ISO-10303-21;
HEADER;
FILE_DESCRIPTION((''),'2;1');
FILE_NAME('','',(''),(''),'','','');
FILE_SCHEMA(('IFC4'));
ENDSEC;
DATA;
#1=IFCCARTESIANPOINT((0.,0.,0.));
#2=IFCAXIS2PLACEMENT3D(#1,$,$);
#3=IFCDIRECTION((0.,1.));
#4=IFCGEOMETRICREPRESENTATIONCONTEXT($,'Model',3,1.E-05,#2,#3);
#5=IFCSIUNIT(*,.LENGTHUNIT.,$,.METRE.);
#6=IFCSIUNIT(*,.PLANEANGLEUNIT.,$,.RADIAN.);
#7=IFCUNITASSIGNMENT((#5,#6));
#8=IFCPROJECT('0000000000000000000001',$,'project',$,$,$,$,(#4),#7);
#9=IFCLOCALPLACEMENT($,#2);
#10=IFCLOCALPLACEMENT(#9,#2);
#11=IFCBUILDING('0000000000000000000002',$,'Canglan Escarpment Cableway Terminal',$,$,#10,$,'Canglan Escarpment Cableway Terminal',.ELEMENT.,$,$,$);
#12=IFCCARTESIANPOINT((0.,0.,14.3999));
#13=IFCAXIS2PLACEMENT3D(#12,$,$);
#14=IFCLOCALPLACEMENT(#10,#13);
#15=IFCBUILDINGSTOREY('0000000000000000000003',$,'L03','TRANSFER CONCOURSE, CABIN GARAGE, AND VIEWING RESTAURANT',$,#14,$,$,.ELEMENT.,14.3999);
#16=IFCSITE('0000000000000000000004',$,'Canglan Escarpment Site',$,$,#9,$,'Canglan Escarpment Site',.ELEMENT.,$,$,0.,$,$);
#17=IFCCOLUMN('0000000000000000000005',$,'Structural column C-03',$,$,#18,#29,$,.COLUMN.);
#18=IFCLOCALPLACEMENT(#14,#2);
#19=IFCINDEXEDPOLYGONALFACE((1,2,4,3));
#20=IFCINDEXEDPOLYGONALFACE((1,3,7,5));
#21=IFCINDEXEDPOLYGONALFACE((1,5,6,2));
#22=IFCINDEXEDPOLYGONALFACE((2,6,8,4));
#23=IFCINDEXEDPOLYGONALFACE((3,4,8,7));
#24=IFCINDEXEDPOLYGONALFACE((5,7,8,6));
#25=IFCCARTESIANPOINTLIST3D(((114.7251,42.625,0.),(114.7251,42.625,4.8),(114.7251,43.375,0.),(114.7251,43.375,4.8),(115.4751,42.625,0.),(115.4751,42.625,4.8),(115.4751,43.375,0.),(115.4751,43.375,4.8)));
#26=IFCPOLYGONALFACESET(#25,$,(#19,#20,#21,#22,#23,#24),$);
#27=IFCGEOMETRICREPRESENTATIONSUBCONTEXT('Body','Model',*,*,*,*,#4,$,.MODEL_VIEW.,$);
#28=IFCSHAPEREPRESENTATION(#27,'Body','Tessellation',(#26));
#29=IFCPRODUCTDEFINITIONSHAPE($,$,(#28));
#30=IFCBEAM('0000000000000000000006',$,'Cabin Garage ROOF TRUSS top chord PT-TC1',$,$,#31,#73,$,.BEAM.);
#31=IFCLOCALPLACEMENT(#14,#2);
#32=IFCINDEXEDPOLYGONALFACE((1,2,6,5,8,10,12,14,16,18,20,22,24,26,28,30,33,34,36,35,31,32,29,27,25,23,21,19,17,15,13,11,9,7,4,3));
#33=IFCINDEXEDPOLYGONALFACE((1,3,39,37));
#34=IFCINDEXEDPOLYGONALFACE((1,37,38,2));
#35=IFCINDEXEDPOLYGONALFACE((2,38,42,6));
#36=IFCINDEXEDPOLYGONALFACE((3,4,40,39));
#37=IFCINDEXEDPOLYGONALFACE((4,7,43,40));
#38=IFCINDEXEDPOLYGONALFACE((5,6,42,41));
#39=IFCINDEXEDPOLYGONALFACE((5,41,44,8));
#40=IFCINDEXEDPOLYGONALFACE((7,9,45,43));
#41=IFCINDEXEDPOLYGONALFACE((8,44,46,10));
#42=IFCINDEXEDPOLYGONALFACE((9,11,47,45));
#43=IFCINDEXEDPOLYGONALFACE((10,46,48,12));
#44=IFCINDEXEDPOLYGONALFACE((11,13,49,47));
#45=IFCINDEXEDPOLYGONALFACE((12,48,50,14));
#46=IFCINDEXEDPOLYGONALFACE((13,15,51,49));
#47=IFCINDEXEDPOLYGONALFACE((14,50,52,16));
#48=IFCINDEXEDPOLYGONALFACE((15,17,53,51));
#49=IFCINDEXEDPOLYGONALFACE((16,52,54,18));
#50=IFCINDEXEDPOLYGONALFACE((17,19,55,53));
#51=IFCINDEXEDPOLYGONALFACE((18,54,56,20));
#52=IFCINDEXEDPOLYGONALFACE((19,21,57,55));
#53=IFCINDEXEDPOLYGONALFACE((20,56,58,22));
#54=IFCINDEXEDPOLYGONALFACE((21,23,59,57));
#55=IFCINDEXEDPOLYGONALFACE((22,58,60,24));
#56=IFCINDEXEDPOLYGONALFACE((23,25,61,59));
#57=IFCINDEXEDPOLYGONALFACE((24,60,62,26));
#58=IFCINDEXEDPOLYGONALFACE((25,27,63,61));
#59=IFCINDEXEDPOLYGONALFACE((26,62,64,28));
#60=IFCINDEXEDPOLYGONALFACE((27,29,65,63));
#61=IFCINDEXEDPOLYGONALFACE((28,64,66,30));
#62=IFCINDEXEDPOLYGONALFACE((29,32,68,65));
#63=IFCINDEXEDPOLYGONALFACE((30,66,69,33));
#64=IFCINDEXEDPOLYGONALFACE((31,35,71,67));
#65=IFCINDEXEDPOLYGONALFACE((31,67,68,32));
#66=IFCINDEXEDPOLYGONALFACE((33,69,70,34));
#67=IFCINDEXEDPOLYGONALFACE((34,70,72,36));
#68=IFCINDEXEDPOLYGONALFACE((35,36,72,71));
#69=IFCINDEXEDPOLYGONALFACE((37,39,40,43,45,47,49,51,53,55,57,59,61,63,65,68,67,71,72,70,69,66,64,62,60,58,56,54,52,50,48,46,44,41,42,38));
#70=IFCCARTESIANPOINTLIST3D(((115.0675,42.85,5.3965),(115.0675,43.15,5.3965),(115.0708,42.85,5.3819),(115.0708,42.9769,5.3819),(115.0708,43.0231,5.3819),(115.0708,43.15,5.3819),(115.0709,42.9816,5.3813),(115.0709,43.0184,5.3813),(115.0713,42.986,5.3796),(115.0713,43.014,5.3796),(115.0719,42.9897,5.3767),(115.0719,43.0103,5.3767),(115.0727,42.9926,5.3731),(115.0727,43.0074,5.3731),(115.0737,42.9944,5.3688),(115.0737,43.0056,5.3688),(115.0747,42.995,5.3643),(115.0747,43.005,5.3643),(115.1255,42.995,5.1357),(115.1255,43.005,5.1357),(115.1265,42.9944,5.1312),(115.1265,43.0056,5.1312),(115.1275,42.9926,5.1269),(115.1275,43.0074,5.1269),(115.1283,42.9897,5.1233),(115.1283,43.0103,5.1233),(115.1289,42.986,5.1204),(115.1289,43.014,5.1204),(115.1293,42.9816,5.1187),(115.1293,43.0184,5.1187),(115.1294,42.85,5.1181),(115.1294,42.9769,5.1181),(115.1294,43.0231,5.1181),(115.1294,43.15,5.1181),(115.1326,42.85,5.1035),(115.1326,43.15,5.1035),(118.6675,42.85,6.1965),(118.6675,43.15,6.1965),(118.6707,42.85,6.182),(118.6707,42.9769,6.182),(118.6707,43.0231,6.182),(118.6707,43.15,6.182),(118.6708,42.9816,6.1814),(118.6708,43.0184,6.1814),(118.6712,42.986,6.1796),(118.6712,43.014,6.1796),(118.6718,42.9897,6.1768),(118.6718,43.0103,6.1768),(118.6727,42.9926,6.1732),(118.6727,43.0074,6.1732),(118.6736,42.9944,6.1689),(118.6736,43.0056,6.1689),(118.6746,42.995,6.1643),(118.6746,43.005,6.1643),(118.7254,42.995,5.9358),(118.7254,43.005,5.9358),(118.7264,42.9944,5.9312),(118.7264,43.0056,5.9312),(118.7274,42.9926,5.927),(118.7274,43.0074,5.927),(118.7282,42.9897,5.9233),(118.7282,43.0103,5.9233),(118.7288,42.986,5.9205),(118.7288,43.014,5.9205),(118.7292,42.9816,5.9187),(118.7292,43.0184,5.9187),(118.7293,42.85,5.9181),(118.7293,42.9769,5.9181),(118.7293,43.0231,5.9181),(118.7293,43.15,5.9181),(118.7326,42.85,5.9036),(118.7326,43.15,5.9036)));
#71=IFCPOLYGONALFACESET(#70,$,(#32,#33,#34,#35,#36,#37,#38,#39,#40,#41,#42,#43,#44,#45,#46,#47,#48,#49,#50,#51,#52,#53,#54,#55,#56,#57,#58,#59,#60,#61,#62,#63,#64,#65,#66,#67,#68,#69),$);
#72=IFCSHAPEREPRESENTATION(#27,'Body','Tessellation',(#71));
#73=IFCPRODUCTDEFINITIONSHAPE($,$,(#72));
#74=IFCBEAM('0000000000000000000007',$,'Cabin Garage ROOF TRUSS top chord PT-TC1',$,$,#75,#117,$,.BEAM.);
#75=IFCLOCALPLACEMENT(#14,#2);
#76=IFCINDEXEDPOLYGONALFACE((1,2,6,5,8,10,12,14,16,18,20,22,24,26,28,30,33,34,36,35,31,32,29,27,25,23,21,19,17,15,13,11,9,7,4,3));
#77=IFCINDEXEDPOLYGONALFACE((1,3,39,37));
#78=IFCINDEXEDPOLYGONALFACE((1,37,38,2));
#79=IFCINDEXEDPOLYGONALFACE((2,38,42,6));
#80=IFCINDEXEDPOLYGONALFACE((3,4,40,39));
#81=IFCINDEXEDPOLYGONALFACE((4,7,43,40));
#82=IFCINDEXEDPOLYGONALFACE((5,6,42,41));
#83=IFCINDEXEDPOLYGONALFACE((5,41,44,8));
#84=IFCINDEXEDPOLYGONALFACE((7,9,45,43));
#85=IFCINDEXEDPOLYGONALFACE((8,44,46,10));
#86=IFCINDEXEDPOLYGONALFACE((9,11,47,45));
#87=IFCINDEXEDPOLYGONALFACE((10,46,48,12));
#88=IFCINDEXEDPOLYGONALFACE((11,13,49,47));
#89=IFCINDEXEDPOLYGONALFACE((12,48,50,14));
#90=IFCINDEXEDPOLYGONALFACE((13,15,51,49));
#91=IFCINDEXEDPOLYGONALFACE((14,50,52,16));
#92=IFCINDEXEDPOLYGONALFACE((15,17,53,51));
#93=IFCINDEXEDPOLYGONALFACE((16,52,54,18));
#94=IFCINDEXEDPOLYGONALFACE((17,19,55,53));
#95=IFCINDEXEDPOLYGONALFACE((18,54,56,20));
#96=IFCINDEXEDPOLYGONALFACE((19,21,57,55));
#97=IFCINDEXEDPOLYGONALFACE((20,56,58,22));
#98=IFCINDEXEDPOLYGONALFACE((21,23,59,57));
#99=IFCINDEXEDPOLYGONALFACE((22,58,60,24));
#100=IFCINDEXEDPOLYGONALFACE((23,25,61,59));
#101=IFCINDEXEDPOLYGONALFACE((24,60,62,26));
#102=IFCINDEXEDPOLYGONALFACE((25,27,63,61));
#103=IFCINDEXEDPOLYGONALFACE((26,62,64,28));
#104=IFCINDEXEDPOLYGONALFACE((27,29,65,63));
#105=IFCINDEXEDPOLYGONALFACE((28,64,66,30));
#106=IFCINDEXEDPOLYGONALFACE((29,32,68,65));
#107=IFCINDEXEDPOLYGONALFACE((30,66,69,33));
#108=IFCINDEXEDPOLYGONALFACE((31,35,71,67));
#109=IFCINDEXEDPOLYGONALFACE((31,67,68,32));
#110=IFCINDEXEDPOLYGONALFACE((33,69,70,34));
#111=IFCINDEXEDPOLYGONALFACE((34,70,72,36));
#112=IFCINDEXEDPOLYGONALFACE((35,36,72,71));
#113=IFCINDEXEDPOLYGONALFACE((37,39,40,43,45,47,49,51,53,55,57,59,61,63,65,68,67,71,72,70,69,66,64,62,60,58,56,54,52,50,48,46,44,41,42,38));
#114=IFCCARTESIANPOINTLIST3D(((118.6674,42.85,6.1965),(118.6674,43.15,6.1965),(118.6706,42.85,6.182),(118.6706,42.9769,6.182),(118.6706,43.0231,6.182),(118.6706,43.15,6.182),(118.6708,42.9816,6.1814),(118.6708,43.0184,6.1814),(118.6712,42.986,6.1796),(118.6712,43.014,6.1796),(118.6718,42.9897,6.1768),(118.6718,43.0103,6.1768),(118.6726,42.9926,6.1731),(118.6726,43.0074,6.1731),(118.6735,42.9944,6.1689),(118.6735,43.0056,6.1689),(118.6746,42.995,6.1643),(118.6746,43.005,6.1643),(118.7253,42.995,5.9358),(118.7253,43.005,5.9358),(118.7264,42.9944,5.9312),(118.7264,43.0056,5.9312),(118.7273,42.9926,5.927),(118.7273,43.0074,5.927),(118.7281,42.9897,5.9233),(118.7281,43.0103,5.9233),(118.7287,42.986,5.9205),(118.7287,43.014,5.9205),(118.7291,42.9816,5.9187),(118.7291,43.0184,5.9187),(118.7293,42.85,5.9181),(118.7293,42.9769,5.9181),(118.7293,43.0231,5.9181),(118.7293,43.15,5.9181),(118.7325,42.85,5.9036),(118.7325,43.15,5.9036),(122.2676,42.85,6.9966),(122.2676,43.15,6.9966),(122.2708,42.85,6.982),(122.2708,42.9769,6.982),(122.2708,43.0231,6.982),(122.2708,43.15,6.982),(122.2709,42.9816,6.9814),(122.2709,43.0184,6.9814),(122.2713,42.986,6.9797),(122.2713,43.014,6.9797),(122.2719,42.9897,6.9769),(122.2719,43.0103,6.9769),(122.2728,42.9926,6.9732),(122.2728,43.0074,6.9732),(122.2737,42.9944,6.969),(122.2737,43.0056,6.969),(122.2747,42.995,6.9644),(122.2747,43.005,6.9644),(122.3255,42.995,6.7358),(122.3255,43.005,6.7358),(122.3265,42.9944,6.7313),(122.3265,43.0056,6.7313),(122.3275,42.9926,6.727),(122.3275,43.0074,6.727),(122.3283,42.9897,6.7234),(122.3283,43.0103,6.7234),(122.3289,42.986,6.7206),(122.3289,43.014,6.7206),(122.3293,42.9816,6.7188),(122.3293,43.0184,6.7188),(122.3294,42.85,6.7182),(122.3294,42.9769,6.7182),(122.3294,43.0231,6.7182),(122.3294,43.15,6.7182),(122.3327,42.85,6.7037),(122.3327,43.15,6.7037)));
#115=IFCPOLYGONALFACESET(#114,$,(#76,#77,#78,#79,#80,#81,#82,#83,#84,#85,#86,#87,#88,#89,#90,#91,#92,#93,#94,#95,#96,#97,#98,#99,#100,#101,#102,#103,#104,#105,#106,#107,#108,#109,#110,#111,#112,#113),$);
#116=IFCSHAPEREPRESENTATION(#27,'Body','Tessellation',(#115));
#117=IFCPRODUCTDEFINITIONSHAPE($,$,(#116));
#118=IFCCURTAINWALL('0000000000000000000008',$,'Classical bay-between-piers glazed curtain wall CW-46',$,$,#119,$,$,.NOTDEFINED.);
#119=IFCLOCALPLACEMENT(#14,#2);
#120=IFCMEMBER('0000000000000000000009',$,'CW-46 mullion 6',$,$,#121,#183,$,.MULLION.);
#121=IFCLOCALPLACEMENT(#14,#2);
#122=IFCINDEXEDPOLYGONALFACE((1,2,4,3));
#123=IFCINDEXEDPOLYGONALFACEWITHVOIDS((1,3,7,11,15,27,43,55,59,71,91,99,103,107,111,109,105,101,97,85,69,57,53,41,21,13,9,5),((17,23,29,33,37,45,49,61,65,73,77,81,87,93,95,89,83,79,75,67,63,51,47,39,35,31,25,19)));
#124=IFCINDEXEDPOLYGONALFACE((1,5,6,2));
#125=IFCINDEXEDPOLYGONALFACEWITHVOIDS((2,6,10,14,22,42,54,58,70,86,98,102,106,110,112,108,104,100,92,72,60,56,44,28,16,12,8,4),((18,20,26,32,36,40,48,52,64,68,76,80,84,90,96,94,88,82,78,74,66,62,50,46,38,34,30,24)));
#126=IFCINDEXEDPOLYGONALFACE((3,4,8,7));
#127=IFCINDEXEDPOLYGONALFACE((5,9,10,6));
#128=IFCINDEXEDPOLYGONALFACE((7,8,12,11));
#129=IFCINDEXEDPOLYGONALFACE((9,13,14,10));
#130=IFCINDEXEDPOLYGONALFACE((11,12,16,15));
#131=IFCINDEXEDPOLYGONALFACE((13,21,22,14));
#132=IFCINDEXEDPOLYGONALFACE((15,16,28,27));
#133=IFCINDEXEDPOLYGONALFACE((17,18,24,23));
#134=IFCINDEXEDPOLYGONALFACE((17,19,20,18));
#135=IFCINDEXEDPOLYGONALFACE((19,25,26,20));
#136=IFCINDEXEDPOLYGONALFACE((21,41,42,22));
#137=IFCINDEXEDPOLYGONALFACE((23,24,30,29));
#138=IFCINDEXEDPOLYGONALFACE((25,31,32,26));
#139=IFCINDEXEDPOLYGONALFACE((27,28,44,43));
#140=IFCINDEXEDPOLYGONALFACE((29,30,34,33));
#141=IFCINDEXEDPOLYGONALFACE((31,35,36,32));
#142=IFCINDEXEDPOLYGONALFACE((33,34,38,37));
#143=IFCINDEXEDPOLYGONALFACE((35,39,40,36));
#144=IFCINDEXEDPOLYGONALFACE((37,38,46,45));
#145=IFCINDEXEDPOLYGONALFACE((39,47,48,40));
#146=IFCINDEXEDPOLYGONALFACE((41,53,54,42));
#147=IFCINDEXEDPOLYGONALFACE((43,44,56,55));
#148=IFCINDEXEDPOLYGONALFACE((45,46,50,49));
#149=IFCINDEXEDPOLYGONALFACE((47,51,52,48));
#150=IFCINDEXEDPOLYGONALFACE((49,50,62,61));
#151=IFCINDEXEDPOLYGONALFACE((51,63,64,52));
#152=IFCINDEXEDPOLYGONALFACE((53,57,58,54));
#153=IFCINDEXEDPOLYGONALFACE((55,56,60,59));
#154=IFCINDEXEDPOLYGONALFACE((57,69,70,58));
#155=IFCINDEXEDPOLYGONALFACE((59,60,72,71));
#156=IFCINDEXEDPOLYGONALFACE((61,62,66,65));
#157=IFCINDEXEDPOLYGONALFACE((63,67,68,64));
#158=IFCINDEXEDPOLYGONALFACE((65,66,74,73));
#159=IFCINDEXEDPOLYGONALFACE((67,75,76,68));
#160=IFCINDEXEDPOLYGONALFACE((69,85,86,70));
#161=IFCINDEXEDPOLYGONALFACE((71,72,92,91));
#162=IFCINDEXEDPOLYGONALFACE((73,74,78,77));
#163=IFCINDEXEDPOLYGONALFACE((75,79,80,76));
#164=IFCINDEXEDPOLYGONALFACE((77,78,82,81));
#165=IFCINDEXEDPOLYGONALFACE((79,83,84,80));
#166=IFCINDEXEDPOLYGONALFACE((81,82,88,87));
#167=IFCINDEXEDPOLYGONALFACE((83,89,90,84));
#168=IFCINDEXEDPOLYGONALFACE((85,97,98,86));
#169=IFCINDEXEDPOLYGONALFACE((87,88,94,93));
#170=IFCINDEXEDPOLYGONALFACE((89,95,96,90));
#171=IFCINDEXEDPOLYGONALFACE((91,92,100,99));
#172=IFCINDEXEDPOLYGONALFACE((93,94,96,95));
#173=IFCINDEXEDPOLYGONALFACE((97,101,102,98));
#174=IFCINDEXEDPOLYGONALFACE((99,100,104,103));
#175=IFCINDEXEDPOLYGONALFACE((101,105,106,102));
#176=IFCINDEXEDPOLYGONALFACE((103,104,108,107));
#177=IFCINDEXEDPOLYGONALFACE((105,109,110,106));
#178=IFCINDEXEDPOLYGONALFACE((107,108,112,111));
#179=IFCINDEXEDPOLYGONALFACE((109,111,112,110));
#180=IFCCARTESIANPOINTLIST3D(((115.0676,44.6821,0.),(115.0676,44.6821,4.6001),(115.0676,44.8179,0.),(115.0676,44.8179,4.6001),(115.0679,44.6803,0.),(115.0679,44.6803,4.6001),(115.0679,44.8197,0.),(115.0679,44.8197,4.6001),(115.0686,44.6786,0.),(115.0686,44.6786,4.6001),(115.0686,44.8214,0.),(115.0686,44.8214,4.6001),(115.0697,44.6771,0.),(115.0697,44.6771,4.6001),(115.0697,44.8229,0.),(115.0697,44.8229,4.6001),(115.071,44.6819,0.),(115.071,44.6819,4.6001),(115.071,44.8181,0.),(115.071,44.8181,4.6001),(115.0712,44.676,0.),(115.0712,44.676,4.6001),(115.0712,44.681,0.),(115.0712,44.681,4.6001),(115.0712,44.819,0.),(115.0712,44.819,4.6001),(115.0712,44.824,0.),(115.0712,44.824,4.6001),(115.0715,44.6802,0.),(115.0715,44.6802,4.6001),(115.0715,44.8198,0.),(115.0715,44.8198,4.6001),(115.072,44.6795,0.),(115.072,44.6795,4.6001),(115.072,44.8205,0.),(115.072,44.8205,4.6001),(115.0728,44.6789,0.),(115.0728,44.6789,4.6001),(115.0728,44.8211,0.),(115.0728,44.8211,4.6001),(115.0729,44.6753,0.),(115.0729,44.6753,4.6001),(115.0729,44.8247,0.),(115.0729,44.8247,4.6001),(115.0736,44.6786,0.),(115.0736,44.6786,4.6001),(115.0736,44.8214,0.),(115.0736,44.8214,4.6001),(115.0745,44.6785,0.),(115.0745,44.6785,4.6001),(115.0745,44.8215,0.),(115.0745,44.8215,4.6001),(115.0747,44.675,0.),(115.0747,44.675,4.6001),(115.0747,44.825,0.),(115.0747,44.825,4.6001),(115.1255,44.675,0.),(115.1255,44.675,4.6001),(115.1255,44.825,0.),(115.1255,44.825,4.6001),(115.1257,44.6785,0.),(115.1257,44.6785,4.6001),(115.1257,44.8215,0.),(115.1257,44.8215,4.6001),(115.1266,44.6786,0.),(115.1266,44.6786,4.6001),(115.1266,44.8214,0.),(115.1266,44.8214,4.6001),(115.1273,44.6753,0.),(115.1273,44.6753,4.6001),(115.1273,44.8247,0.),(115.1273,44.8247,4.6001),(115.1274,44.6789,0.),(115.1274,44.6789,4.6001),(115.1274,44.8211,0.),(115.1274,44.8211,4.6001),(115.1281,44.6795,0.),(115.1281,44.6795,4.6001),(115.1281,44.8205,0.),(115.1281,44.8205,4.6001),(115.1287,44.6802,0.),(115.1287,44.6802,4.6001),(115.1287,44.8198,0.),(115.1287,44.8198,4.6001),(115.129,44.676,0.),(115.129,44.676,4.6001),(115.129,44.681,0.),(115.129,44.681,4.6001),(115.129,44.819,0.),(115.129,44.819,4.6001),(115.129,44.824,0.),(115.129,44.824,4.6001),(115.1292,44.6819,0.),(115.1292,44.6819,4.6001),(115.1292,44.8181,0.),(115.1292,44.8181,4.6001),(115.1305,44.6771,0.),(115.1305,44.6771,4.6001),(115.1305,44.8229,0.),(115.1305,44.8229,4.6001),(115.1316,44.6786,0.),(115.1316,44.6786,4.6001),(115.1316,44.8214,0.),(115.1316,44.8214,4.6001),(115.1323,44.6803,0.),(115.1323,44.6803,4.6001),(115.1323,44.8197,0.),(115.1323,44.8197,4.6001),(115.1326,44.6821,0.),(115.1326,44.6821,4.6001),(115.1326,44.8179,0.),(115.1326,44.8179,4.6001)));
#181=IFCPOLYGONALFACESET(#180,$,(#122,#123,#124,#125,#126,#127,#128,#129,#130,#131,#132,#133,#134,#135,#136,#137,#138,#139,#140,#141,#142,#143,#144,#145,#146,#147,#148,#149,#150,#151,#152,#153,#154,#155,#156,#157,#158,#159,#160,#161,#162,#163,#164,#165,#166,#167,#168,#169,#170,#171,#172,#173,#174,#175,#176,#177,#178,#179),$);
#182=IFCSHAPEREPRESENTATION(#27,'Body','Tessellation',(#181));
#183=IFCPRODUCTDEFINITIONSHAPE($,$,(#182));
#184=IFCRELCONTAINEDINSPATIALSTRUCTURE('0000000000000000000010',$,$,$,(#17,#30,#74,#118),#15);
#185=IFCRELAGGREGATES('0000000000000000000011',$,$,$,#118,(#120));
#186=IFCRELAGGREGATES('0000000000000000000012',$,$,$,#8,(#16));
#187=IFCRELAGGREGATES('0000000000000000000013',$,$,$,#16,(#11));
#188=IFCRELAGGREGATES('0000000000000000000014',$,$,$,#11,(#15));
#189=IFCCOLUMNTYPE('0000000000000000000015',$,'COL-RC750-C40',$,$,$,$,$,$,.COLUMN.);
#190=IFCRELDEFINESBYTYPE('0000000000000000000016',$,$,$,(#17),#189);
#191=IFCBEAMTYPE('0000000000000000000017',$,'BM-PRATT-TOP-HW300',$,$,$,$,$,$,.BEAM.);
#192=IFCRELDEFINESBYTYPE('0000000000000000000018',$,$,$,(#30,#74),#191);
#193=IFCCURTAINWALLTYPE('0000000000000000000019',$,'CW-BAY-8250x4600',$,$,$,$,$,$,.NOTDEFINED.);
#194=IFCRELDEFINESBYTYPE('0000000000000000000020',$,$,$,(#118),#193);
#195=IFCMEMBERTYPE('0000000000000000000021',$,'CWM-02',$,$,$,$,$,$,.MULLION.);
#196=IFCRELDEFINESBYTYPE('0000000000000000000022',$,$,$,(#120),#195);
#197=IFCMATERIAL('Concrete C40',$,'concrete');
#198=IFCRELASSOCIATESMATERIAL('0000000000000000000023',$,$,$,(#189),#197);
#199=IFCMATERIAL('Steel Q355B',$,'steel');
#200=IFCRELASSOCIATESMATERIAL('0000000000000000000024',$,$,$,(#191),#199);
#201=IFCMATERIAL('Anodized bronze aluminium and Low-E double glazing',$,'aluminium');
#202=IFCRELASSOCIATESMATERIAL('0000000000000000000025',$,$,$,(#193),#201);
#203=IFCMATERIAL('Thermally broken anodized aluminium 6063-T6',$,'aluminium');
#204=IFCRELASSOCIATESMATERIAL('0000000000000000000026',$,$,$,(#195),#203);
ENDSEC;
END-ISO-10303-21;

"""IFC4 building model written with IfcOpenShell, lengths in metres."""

from ifc_helpers import new_model, si_unit, direction, frame, origin, origin_2d, place, context, subcontext, project, spatial, rectangle, hollow_rectangle, i_section, extrude, material, material_profile, profile_set, type_object, element, aggregate, save


model = new_model("IFC4")

# Units and contexts
model_context = context("Model", 3, precision=1e-05, world=origin(), true_north=direction((0.0, 1.0)))
body_context = subcontext(model_context, "Body", "Model", "MODEL_VIEW")
ifc_project = project(units=[si_unit("LENGTHUNIT", "METRE"), si_unit("PLANEANGLEUNIT", "RADIAN")], contexts=[model_context])

# Site, building, storey
site_placement = place(None, origin())
site = spatial("IfcSite", under=ifc_project, at=site_placement, Name="Canglan Escarpment Site", LongName="Canglan Escarpment Site", CompositionType="ELEMENT", RefElevation=0.0)
building_placement = place(site_placement, origin())
building = spatial("IfcBuilding", under=site, at=building_placement, Name="Canglan Escarpment Cableway Terminal", LongName="Canglan Escarpment Cableway Terminal", CompositionType="ELEMENT")
storey_placement = place(building_placement, frame((0.0, 0.0, 14.3999)))
storey = spatial("IfcBuildingStorey", under=building, at=storey_placement, Name="L03", Description="TRANSFER CONCOURSE, CABIN GARAGE, AND VIEWING RESTAURANT", CompositionType="ELEMENT", Elevation=14.3999)

# Column
ifc_material_1 = material(Name="Concrete C40", Category="concrete")
ifc_material_profile_1 = material_profile(ifc_material_1, rectangle(XDim=0.75, YDim=0.75, at=origin_2d()), Name="RC 750x750")
ifc_profile_set_1 = profile_set([ifc_material_profile_1], Name="Concrete C40")
column_type = type_object("IfcColumnType", Name="COL-RC750-C40", PredefinedType="COLUMN", material=ifc_profile_set_1)
column_placement = place(storey_placement, frame((115.1001, 43.0, 0.0), z_axis=(0.0, 0.0, 1.0), x_axis=(1.0, 0.0, 0.0)))
element("IfcColumn", 1, at=column_placement, inside=storey, type_object=column_type, Name="Structural column C-03", PredefinedType="COLUMN", context=body_context, shape_type="SweptSolid", body=[
    extrude(rectangle(XDim=0.75, YDim=0.75, at=origin_2d()), origin(), (0.0, 0.0, 1.0), 4.8),
])

# Beams
ifc_material_2 = material(Name="Steel Q355B", Category="steel")
ifc_material_profile_2 = material_profile(ifc_material_2, i_section(OverallWidth=0.3, OverallDepth=0.3, WebThickness=0.01, FlangeThickness=0.0149, FilletRadius=0.0181, at=origin_2d()), Name="HW 300x300x10x15")
ifc_profile_set_2 = profile_set([ifc_material_profile_2], Name="Steel Q355B")
beam_type = type_object("IfcBeamType", Name="BM-PRATT-TOP-HW300", PredefinedType="BEAM", material=ifc_profile_set_2)
beam_1_placement = place(storey_placement, frame((115.1001, 43.0, 5.25), z_axis=(0.976182, 0.0, 0.216951), x_axis=(0.0, 1.0, 0.0)))
element("IfcBeam", 2, at=beam_1_placement, inside=storey, type_object=beam_type, Name="Cabin Garage ROOF TRUSS top chord PT-TC1", PredefinedType="BEAM", context=body_context, shape_type="SweptSolid", body=[
    extrude(i_section(OverallWidth=0.3, OverallDepth=0.3, WebThickness=0.01, FlangeThickness=0.0149, FilletRadius=0.0181, at=origin_2d()), origin(), (0.0, 0.0, 1.0), 3.6877),
])
beam_2_placement = place(storey_placement, frame((118.7, 43.0, 6.05), z_axis=(0.976186, 0.0, 0.216937), x_axis=(0.0, 1.0, 0.0)))
element("IfcBeam", 3, at=beam_2_placement, inside=storey, type_object=beam_type, Name="Cabin Garage ROOF TRUSS top chord PT-TC1", PredefinedType="BEAM", context=body_context, shape_type="SweptSolid", body=[
    extrude(i_section(OverallWidth=0.3, OverallDepth=0.3, WebThickness=0.01, FlangeThickness=0.0149, FilletRadius=0.0181, at=origin_2d()), origin(), (0.0, 0.0, 1.0), 3.688),
])

# Curtain wall, member
ifc_material_3 = material(Name="Anodized bronze aluminium and Low-E double glazing", Category="aluminium")
curtain_wall_type = type_object("IfcCurtainWallType", Name="CW-BAY-8250x4600", PredefinedType="NOTDEFINED", material=ifc_material_3)
curtain_wall_placement = place(storey_placement, origin())
curtain_wall = element("IfcCurtainWall", 4, at=curtain_wall_placement, inside=storey, type_object=curtain_wall_type, Name="Classical bay-between-piers glazed curtain wall CW-46", PredefinedType="NOTDEFINED")
ifc_material_4 = material(Name="Thermally broken anodized aluminium 6063-T6", Category="aluminium")
ifc_material_profile_3 = material_profile(ifc_material_4, hollow_rectangle(XDim=0.0649, YDim=0.1499, WallThickness=0.0034, InnerFilletRadius=0.0034, OuterFilletRadius=0.0071, at=origin_2d()), Name="ALU-MULL 65x150x3.5")
ifc_profile_set_3 = profile_set([ifc_material_profile_3], Name="Thermally broken anodized aluminium 6063-T6")
member_type_1 = type_object("IfcMemberType", Name="CWM-02", PredefinedType="MULLION", material=ifc_profile_set_3)
member_1_placement = place(storey_placement, frame((115.1001, 44.75, 0.0), z_axis=(0.0, 0.0, 1.0), x_axis=(1.0, 0.0, 0.0)))
member_1 = element("IfcMember", 5, at=member_1_placement, type_object=member_type_1, Name="CW-46 mullion 6", PredefinedType="MULLION", context=body_context, shape_type="SweptSolid", body=[
    extrude(hollow_rectangle(XDim=0.0649, YDim=0.1499, WallThickness=0.0034, InnerFilletRadius=0.0034, OuterFilletRadius=0.0071, at=origin_2d()), origin(), (0.0, 0.0, 1.0), 4.6001),
])

aggregate(curtain_wall, [member_1])

save(model, "model.ifc")
